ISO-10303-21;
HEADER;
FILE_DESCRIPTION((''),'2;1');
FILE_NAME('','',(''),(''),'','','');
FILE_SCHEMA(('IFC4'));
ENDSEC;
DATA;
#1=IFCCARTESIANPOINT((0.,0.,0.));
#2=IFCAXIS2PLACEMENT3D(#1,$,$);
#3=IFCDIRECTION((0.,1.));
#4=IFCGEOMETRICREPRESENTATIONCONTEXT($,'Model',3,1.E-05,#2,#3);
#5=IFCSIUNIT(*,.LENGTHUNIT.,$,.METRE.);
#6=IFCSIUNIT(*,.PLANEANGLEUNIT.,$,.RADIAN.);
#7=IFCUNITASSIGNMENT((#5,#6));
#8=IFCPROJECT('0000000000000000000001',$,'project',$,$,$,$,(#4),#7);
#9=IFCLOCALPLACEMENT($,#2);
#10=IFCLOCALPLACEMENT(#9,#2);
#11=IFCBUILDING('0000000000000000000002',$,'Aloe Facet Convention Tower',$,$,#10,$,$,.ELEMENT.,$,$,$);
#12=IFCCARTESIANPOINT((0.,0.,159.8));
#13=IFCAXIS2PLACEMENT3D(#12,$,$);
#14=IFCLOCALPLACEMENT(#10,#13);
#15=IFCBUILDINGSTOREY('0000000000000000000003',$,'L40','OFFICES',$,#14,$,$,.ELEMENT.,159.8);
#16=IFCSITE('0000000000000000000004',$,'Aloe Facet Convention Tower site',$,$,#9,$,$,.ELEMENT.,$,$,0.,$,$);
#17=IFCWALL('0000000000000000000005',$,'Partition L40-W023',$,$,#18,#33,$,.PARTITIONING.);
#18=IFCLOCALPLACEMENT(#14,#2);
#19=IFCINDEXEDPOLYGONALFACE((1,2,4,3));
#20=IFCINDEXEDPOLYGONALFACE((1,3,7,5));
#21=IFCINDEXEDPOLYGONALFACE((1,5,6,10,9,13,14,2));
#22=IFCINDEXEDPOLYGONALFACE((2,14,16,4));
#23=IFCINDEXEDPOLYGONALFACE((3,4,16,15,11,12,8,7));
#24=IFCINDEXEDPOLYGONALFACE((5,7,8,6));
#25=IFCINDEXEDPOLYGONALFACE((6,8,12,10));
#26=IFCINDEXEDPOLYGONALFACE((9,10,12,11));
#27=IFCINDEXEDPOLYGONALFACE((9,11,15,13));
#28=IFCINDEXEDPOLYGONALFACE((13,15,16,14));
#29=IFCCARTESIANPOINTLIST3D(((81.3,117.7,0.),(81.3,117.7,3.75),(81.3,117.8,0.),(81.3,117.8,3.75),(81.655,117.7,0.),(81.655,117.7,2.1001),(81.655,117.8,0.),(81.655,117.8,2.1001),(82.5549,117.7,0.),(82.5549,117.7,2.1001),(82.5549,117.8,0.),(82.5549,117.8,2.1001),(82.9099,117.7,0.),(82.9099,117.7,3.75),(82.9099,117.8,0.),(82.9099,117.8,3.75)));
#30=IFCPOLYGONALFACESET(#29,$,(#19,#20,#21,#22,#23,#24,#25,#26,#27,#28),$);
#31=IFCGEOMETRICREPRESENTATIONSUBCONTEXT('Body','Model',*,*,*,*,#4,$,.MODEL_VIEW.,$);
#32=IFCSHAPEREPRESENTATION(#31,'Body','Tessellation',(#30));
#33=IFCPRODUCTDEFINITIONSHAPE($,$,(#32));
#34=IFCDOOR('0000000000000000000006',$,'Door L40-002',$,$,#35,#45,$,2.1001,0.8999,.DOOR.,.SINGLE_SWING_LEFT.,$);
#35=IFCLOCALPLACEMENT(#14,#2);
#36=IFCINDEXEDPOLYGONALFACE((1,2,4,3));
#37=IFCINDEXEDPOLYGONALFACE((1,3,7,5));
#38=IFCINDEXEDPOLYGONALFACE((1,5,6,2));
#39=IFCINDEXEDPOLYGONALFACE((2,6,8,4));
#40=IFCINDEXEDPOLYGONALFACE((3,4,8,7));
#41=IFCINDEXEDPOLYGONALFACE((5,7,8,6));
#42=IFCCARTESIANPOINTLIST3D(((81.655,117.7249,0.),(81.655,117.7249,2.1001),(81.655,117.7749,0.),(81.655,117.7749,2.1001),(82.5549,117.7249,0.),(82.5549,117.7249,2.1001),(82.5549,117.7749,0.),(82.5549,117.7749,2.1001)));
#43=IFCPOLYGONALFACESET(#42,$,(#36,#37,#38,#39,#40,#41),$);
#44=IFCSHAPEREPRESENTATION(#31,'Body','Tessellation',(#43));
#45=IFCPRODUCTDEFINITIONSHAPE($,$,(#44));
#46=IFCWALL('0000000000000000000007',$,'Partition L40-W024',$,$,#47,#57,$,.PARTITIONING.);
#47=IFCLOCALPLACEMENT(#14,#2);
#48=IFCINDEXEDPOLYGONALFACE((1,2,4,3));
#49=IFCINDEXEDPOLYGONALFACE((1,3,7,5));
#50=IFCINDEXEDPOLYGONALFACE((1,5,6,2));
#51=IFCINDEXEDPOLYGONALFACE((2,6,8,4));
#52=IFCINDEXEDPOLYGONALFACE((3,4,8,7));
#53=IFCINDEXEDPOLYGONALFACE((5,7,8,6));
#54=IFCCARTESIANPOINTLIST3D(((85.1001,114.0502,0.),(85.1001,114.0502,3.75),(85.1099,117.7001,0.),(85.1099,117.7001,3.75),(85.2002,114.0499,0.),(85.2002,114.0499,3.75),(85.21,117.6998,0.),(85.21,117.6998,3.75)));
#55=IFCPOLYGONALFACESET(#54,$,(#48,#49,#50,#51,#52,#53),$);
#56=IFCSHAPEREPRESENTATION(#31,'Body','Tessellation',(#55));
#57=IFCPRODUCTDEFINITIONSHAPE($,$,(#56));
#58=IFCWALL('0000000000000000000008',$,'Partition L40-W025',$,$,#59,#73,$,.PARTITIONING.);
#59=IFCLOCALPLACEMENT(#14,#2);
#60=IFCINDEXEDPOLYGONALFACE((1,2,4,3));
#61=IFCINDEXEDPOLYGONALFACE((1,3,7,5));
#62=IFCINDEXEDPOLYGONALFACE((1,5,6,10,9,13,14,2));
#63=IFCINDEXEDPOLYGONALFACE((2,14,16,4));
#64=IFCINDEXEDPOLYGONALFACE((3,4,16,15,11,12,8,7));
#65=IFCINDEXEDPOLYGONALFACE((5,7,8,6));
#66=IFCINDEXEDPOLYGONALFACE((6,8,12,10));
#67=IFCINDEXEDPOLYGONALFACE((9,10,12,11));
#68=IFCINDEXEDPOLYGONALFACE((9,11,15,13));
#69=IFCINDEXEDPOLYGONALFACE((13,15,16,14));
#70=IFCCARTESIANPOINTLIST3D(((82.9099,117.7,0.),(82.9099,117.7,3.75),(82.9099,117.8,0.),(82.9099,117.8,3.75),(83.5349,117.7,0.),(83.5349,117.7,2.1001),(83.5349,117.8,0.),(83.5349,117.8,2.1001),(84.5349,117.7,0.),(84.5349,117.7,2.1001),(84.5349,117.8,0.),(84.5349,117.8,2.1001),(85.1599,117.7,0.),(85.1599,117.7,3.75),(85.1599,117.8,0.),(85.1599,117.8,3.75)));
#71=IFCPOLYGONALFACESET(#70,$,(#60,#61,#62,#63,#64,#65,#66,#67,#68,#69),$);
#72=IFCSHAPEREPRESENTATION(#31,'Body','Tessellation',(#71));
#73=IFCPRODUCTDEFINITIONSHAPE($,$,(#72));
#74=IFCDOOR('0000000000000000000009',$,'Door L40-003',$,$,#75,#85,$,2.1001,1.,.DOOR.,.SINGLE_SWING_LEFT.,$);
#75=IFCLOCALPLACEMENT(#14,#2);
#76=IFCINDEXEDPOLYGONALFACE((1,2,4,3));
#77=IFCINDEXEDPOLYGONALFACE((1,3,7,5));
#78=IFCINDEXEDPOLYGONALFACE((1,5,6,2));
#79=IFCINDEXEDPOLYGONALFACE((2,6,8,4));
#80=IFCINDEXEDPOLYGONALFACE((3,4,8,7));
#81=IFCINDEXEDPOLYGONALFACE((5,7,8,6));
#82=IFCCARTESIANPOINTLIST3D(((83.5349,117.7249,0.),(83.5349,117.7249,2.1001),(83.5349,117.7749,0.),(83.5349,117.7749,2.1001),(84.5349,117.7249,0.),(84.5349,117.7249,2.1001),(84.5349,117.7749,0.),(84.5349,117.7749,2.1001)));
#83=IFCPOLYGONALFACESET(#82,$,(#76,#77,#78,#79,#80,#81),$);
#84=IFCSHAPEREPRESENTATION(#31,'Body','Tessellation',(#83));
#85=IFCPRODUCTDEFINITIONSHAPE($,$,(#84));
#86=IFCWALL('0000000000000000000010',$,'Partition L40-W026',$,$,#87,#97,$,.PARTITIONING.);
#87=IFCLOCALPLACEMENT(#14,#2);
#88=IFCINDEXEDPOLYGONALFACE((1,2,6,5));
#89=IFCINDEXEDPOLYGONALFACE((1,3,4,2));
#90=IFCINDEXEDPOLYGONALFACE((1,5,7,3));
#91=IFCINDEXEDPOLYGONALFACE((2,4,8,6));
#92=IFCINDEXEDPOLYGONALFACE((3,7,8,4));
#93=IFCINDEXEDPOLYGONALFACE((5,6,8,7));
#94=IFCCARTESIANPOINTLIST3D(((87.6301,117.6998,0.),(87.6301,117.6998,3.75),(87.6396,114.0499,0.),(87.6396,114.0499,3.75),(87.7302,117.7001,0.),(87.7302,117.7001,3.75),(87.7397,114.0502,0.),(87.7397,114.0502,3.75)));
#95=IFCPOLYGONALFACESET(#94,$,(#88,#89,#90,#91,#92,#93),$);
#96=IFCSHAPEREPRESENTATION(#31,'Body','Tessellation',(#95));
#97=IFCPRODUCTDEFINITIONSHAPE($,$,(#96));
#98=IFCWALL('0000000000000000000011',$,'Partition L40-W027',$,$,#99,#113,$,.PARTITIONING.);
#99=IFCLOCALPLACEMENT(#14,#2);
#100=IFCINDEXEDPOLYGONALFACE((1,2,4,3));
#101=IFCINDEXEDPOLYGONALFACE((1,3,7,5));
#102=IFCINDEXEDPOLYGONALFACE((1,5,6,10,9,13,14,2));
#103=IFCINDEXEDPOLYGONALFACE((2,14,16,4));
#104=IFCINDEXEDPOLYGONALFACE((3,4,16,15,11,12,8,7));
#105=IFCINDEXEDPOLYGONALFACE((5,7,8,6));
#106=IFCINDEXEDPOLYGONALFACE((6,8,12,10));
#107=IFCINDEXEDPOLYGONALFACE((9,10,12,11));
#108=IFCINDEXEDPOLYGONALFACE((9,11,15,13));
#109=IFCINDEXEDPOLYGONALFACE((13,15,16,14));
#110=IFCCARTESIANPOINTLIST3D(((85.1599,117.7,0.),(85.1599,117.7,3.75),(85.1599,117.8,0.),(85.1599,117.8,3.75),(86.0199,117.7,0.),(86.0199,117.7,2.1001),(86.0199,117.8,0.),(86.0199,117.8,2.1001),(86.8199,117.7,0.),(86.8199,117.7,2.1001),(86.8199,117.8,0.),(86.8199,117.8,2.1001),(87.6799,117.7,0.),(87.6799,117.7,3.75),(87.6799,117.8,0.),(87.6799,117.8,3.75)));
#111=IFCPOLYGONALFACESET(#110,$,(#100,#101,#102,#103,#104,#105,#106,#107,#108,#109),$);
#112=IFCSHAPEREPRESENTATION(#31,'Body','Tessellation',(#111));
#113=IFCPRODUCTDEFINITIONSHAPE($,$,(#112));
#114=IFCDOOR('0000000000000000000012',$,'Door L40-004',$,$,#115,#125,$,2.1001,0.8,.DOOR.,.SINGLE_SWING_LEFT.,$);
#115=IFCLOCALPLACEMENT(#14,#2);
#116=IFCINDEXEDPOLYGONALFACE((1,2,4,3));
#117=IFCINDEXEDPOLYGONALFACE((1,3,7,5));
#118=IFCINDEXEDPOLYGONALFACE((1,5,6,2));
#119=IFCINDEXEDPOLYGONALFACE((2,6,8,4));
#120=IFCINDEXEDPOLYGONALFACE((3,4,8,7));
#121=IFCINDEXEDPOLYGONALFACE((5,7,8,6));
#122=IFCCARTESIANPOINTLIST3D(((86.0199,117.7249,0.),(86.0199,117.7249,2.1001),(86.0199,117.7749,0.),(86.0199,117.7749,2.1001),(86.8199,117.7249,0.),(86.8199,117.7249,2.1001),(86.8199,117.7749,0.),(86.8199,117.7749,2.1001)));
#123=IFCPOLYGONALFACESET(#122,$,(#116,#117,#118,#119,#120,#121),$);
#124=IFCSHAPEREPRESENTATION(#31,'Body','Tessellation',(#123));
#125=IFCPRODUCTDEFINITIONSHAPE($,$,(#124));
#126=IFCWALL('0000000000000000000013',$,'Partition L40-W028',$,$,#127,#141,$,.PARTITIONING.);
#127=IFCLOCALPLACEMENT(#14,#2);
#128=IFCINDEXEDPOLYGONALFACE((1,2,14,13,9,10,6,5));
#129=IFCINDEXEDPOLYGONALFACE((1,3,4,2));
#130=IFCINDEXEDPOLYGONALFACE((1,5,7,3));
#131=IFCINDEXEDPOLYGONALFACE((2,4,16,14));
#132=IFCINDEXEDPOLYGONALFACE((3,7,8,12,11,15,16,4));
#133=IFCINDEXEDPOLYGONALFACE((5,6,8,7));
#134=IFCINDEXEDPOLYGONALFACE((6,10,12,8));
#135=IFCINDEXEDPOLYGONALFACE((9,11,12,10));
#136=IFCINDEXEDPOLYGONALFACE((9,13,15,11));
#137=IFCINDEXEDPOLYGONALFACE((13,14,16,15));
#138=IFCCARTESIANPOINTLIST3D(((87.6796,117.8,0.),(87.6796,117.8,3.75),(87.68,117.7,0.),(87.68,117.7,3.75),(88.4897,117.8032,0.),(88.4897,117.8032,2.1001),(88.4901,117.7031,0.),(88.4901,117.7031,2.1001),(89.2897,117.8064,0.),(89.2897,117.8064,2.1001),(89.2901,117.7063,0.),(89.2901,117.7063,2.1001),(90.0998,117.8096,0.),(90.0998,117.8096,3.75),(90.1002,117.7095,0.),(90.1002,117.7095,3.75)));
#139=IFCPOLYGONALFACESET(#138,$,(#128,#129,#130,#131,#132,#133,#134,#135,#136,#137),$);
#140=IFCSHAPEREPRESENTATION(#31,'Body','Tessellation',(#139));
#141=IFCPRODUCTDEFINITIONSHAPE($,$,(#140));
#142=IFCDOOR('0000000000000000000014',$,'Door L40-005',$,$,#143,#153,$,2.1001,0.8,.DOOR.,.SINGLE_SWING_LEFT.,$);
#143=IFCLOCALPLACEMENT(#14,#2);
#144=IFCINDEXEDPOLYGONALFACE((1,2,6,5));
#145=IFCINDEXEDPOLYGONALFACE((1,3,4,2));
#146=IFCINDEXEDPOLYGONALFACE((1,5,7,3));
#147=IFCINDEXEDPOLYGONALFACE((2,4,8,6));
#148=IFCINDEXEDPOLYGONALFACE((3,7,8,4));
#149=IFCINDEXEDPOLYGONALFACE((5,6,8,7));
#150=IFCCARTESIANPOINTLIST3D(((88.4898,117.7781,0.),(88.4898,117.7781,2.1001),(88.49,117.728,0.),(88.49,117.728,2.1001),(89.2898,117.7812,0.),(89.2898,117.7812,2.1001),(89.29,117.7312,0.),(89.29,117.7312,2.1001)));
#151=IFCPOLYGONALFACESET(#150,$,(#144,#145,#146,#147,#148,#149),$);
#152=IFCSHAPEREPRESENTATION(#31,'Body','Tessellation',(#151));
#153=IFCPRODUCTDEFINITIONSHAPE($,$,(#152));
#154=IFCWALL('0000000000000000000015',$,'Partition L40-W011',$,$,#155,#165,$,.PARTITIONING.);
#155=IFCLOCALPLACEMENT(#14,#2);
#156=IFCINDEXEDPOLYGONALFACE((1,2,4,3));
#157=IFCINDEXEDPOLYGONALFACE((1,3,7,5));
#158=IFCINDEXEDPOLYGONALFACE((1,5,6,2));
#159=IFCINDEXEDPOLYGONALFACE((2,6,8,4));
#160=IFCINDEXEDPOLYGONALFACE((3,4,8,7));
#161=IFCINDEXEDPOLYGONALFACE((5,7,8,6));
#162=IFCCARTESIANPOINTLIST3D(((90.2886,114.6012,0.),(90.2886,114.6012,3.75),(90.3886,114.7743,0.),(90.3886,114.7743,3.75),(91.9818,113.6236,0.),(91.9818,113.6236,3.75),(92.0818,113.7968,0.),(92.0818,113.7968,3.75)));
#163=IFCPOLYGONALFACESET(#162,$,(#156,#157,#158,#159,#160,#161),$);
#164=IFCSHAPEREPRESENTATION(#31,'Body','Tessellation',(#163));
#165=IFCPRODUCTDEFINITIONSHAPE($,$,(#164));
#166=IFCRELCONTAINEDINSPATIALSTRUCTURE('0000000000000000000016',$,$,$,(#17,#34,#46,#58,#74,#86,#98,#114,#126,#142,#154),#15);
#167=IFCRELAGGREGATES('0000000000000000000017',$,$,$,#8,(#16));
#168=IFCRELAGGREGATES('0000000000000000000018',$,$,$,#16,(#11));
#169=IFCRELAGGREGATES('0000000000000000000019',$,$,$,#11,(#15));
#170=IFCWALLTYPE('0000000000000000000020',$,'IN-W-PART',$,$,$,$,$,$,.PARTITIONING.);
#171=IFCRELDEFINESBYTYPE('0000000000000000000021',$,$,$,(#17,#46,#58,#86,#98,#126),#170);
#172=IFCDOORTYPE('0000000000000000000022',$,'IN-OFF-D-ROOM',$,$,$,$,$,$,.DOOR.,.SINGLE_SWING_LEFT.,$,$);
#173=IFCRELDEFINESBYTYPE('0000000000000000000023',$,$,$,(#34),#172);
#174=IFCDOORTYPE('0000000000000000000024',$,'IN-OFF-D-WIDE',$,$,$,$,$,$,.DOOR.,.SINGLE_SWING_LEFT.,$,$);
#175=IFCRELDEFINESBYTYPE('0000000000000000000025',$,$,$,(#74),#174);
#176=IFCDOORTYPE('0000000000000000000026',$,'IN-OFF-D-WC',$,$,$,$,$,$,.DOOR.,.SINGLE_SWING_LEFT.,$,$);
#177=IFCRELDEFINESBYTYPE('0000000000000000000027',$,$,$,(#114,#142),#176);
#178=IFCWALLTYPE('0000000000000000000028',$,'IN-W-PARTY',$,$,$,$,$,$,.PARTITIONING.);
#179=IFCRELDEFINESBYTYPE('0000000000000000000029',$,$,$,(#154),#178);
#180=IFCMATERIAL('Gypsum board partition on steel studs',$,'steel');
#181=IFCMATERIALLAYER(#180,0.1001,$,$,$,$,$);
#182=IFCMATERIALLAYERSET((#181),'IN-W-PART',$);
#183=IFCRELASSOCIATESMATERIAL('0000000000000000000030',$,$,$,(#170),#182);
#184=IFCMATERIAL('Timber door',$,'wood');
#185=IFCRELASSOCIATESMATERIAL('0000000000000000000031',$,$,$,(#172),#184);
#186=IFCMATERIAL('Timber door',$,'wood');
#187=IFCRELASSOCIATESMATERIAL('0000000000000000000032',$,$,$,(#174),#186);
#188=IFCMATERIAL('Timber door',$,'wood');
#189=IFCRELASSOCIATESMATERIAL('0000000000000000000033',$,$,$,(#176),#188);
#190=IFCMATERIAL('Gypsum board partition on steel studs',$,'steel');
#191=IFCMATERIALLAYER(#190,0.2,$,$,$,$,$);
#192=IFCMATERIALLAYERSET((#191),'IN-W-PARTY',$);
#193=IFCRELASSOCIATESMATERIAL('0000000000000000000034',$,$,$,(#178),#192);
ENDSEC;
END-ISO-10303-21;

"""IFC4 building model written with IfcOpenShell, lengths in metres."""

from ifc_helpers import new_model, si_unit, direction, frame, frame_2d, origin, place, context, subcontext, project, spatial, rectangle, extrude, material, layer, layer_set, type_object, element, fill, save


model = new_model("IFC4")

# Units and contexts
model_context = context("Model", 3, precision=1e-05, world=origin(), true_north=direction((0.0, 1.0)))
body_context = subcontext(model_context, "Body", "Model", "MODEL_VIEW")
ifc_project = project(units=[si_unit("LENGTHUNIT", "METRE"), si_unit("PLANEANGLEUNIT", "RADIAN")], contexts=[model_context])

# Site, building, storey
site_placement = place(None, origin())
site = spatial("IfcSite", under=ifc_project, at=site_placement, Name="Aloe Facet Convention Tower site", CompositionType="ELEMENT", RefElevation=0.0)
building_placement = place(site_placement, origin())
building = spatial("IfcBuilding", under=site, at=building_placement, Name="Aloe Facet Convention Tower", CompositionType="ELEMENT")
storey_placement = place(building_placement, frame((0.0, 0.0, 159.8)))
storey = spatial("IfcBuildingStorey", under=building, at=storey_placement, Name="L40", Description="OFFICES", CompositionType="ELEMENT", Elevation=159.8)

# Shared definitions
ifc_material_1 = material(Name="Gypsum board partition on steel studs", Category="steel")
ifc_layer_1 = layer(ifc_material_1, 0.1001)
ifc_layer_set_1 = layer_set([ifc_layer_1], Name="IN-W-PART")
wall_type_1 = type_object("IfcWallType", Name="IN-W-PART", PredefinedType="PARTITIONING", material=ifc_layer_set_1)

# Wall, opening, door
wall_1_placement = place(storey_placement, frame((81.3, 117.75, 0.0), z_axis=(0.0, 0.0, 1.0), x_axis=(1.0, 0.0, 0.0)))
wall_1 = element("IfcWall", 1, at=wall_1_placement, inside=storey, type_object=wall_type_1, Name="Partition L40-W023", PredefinedType="PARTITIONING", context=body_context, shape_type="SweptSolid", body=[
    extrude(rectangle(XDim=1.6099, YDim=0.1001, at=frame_2d((0.8049, 0.0))), origin(), (0.0, 0.0, 1.0), 3.75),
])
opening_1_placement = place(wall_1_placement, frame((0.355, 0.0, 0.0)))
opening_1 = element("IfcOpeningElement", 2, at=opening_1_placement, cuts=wall_1, PredefinedType="OPENING", context=body_context, shape_type="SweptSolid", body=[
    extrude(rectangle(XDim=0.8999, YDim=2.1001, at=frame_2d((0.45, 1.05))), frame((0.0, 0.0601, 0.0), z_axis=(0.0, -1.0, 0.0), x_axis=(1.0, 0.0, 0.0)), (0.0, 0.0, 1.0), 0.1201),
])
ifc_material_2 = material(Name="Timber door", Category="wood")
door_type_1 = type_object("IfcDoorType", Name="IN-OFF-D-ROOM", OperationType="SINGLE_SWING_LEFT", PredefinedType="DOOR", material=ifc_material_2)
door_1_placement = place(opening_1_placement, origin())
door_1 = element("IfcDoor", 3, at=door_1_placement, inside=storey, type_object=door_type_1, Name="Door L40-002", OperationType="SINGLE_SWING_LEFT", OverallHeight=2.1001, OverallWidth=0.8999, PredefinedType="DOOR", context=body_context, shape_type="SweptSolid", body=[
    extrude(rectangle(XDim=0.8999, YDim=2.1001, at=frame_2d((0.45, 1.05))), frame((0.0, 0.0249, 0.0), z_axis=(0.0, -1.0, 0.0), x_axis=(1.0, 0.0, 0.0)), (0.0, 0.0, 1.0), 0.05),
])
fill(opening_1, door_1)

# Wall
wall_2_placement = place(storey_placement, frame((85.1501, 114.05, 0.0), z_axis=(0.0, 0.0, 1.0), x_axis=(0.002676, 0.999996, 0.0)))
element("IfcWall", 4, at=wall_2_placement, inside=storey, type_object=wall_type_1, Name="Partition L40-W024", PredefinedType="PARTITIONING", context=body_context, shape_type="SweptSolid", body=[
    extrude(rectangle(XDim=3.6499, YDim=0.1001, at=frame_2d((1.825, 0.0))), origin(), (0.0, 0.0, 1.0), 3.75),
])

# Wall, opening, door
wall_3_placement = place(storey_placement, frame((82.9099, 117.75, 0.0), z_axis=(0.0, 0.0, 1.0), x_axis=(1.0, 0.0, 0.0)))
wall_3 = element("IfcWall", 5, at=wall_3_placement, inside=storey, type_object=wall_type_1, Name="Partition L40-W025", PredefinedType="PARTITIONING", context=body_context, shape_type="SweptSolid", body=[
    extrude(rectangle(XDim=2.25, YDim=0.1001, at=frame_2d((1.125, 0.0))), origin(), (0.0, 0.0, 1.0), 3.75),
])
opening_2_placement = place(wall_3_placement, frame((0.625, 0.0, 0.0)))
opening_2 = element("IfcOpeningElement", 6, at=opening_2_placement, cuts=wall_3, PredefinedType="OPENING", context=body_context, shape_type="SweptSolid", body=[
    extrude(rectangle(XDim=1.0, YDim=2.1001, at=frame_2d((0.5, 1.05))), frame((0.0, 0.0601, 0.0), z_axis=(0.0, -1.0, 0.0), x_axis=(1.0, 0.0, 0.0)), (0.0, 0.0, 1.0), 0.1201),
])
ifc_material_3 = material(Name="Timber door", Category="wood")
door_type_2 = type_object("IfcDoorType", Name="IN-OFF-D-WIDE", OperationType="SINGLE_SWING_LEFT", PredefinedType="DOOR", material=ifc_material_3)
door_2_placement = place(opening_2_placement, origin())
door_2 = element("IfcDoor", 7, at=door_2_placement, inside=storey, type_object=door_type_2, Name="Door L40-003", OperationType="SINGLE_SWING_LEFT", OverallHeight=2.1001, OverallWidth=1.0, PredefinedType="DOOR", context=body_context, shape_type="SweptSolid", body=[
    extrude(rectangle(XDim=1.0, YDim=2.1001, at=frame_2d((0.5, 1.05))), frame((0.0, 0.0249, 0.0), z_axis=(0.0, -1.0, 0.0), x_axis=(1.0, 0.0, 0.0)), (0.0, 0.0, 1.0), 0.05),
])
fill(opening_2, door_2)

# Wall
wall_4_placement = place(storey_placement, frame((87.6897, 114.05, 0.0), z_axis=(0.0, 0.0, 1.0), x_axis=(-0.002609, 0.999997, 0.0)))
element("IfcWall", 8, at=wall_4_placement, inside=storey, type_object=wall_type_1, Name="Partition L40-W026", PredefinedType="PARTITIONING", context=body_context, shape_type="SweptSolid", body=[
    extrude(rectangle(XDim=3.6499, YDim=0.1001, at=frame_2d((1.825, 0.0))), origin(), (0.0, 0.0, 1.0), 3.75),
])

# Walls, openings, doors
wall_5_placement = place(storey_placement, frame((85.1599, 117.75, 0.0), z_axis=(0.0, 0.0, 1.0), x_axis=(1.0, 0.0, 0.0)))
wall_5 = element("IfcWall", 9, at=wall_5_placement, inside=storey, type_object=wall_type_1, Name="Partition L40-W027", PredefinedType="PARTITIONING", context=body_context, shape_type="SweptSolid", body=[
    extrude(rectangle(XDim=2.52, YDim=0.1001, at=frame_2d((1.26, 0.0))), origin(), (0.0, 0.0, 1.0), 3.75),
])
opening_3_placement = place(wall_5_placement, frame((0.8601, 0.0, 0.0)))
opening_3 = element("IfcOpeningElement", 10, at=opening_3_placement, cuts=wall_5, PredefinedType="OPENING", context=body_context, shape_type="SweptSolid", body=[
    extrude(rectangle(XDim=0.8, YDim=2.1001, at=frame_2d((0.3999, 1.05))), frame((0.0, 0.0601, 0.0), z_axis=(0.0, -1.0, 0.0), x_axis=(1.0, 0.0, 0.0)), (0.0, 0.0, 1.0), 0.1201),
])
ifc_material_4 = material(Name="Timber door", Category="wood")
door_type_3 = type_object("IfcDoorType", Name="IN-OFF-D-WC", OperationType="SINGLE_SWING_LEFT", PredefinedType="DOOR", material=ifc_material_4)
door_3_placement = place(opening_3_placement, origin())
door_3 = element("IfcDoor", 11, at=door_3_placement, inside=storey, type_object=door_type_3, Name="Door L40-004", OperationType="SINGLE_SWING_LEFT", OverallHeight=2.1001, OverallWidth=0.8, PredefinedType="DOOR", context=body_context, shape_type="SweptSolid", body=[
    extrude(rectangle(XDim=0.8, YDim=2.1001, at=frame_2d((0.3999, 1.05))), frame((0.0, 0.0249, 0.0), z_axis=(0.0, -1.0, 0.0), x_axis=(1.0, 0.0, 0.0)), (0.0, 0.0, 1.0), 0.05),
])
fill(opening_3, door_3)
wall_6_placement = place(storey_placement, frame((87.6799, 117.75, 0.0), z_axis=(0.0, 0.0, 1.0), x_axis=(0.999992, 0.003934, 0.0)))
wall_6 = element("IfcWall", 12, at=wall_6_placement, inside=storey, type_object=wall_type_1, Name="Partition L40-W028", PredefinedType="PARTITIONING", context=body_context, shape_type="SweptSolid", body=[
    extrude(rectangle(XDim=2.4202, YDim=0.1001, at=frame_2d((1.21, 0.0))), origin(), (0.0, 0.0, 1.0), 3.75),
])
opening_4_placement = place(wall_6_placement, frame((0.8101, 0.0, 0.0)))
opening_4 = element("IfcOpeningElement", 13, at=opening_4_placement, cuts=wall_6, PredefinedType="OPENING", context=body_context, shape_type="SweptSolid", body=[
    extrude(rectangle(XDim=0.8, YDim=2.1001, at=frame_2d((0.3999, 1.05))), frame((0.0, 0.0601, 0.0), z_axis=(0.0, -1.0, 0.0), x_axis=(1.0, 0.0, 0.0)), (0.0, 0.0, 1.0), 0.1201),
])
door_4_placement = place(opening_4_placement, origin())
door_4 = element("IfcDoor", 14, at=door_4_placement, inside=storey, type_object=door_type_3, Name="Door L40-005", OperationType="SINGLE_SWING_LEFT", OverallHeight=2.1001, OverallWidth=0.8, PredefinedType="DOOR", context=body_context, shape_type="SweptSolid", body=[
    extrude(rectangle(XDim=0.8, YDim=2.1001, at=frame_2d((0.3999, 1.05))), frame((0.0, 0.0249, 0.0), z_axis=(0.0, -1.0, 0.0), x_axis=(1.0, 0.0, 0.0)), (0.0, 0.0, 1.0), 0.05),
])
fill(opening_4, door_4)

# Wall
ifc_material_5 = material(Name="Gypsum board partition on steel studs", Category="steel")
ifc_layer_2 = layer(ifc_material_5, 0.2)
ifc_layer_set_2 = layer_set([ifc_layer_2], Name="IN-W-PARTY")
wall_type_2 = type_object("IfcWallType", Name="IN-W-PARTY", PredefinedType="PARTITIONING", material=ifc_layer_set_2)
wall_7_placement = place(storey_placement, frame((90.3386, 114.6877, 0.0), z_axis=(0.0, 0.0, 1.0), x_axis=(0.866021, -0.500007, 0.0)))
element("IfcWall", 15, at=wall_7_placement, inside=storey, type_object=wall_type_2, Name="Partition L40-W011", PredefinedType="PARTITIONING", context=body_context, shape_type="SweptSolid", body=[
    extrude(rectangle(XDim=1.9551, YDim=0.2, at=frame_2d((0.9775, 0.0))), origin(), (0.0, 0.0, 1.0), 3.75),
])

save(model, "model.ifc")
